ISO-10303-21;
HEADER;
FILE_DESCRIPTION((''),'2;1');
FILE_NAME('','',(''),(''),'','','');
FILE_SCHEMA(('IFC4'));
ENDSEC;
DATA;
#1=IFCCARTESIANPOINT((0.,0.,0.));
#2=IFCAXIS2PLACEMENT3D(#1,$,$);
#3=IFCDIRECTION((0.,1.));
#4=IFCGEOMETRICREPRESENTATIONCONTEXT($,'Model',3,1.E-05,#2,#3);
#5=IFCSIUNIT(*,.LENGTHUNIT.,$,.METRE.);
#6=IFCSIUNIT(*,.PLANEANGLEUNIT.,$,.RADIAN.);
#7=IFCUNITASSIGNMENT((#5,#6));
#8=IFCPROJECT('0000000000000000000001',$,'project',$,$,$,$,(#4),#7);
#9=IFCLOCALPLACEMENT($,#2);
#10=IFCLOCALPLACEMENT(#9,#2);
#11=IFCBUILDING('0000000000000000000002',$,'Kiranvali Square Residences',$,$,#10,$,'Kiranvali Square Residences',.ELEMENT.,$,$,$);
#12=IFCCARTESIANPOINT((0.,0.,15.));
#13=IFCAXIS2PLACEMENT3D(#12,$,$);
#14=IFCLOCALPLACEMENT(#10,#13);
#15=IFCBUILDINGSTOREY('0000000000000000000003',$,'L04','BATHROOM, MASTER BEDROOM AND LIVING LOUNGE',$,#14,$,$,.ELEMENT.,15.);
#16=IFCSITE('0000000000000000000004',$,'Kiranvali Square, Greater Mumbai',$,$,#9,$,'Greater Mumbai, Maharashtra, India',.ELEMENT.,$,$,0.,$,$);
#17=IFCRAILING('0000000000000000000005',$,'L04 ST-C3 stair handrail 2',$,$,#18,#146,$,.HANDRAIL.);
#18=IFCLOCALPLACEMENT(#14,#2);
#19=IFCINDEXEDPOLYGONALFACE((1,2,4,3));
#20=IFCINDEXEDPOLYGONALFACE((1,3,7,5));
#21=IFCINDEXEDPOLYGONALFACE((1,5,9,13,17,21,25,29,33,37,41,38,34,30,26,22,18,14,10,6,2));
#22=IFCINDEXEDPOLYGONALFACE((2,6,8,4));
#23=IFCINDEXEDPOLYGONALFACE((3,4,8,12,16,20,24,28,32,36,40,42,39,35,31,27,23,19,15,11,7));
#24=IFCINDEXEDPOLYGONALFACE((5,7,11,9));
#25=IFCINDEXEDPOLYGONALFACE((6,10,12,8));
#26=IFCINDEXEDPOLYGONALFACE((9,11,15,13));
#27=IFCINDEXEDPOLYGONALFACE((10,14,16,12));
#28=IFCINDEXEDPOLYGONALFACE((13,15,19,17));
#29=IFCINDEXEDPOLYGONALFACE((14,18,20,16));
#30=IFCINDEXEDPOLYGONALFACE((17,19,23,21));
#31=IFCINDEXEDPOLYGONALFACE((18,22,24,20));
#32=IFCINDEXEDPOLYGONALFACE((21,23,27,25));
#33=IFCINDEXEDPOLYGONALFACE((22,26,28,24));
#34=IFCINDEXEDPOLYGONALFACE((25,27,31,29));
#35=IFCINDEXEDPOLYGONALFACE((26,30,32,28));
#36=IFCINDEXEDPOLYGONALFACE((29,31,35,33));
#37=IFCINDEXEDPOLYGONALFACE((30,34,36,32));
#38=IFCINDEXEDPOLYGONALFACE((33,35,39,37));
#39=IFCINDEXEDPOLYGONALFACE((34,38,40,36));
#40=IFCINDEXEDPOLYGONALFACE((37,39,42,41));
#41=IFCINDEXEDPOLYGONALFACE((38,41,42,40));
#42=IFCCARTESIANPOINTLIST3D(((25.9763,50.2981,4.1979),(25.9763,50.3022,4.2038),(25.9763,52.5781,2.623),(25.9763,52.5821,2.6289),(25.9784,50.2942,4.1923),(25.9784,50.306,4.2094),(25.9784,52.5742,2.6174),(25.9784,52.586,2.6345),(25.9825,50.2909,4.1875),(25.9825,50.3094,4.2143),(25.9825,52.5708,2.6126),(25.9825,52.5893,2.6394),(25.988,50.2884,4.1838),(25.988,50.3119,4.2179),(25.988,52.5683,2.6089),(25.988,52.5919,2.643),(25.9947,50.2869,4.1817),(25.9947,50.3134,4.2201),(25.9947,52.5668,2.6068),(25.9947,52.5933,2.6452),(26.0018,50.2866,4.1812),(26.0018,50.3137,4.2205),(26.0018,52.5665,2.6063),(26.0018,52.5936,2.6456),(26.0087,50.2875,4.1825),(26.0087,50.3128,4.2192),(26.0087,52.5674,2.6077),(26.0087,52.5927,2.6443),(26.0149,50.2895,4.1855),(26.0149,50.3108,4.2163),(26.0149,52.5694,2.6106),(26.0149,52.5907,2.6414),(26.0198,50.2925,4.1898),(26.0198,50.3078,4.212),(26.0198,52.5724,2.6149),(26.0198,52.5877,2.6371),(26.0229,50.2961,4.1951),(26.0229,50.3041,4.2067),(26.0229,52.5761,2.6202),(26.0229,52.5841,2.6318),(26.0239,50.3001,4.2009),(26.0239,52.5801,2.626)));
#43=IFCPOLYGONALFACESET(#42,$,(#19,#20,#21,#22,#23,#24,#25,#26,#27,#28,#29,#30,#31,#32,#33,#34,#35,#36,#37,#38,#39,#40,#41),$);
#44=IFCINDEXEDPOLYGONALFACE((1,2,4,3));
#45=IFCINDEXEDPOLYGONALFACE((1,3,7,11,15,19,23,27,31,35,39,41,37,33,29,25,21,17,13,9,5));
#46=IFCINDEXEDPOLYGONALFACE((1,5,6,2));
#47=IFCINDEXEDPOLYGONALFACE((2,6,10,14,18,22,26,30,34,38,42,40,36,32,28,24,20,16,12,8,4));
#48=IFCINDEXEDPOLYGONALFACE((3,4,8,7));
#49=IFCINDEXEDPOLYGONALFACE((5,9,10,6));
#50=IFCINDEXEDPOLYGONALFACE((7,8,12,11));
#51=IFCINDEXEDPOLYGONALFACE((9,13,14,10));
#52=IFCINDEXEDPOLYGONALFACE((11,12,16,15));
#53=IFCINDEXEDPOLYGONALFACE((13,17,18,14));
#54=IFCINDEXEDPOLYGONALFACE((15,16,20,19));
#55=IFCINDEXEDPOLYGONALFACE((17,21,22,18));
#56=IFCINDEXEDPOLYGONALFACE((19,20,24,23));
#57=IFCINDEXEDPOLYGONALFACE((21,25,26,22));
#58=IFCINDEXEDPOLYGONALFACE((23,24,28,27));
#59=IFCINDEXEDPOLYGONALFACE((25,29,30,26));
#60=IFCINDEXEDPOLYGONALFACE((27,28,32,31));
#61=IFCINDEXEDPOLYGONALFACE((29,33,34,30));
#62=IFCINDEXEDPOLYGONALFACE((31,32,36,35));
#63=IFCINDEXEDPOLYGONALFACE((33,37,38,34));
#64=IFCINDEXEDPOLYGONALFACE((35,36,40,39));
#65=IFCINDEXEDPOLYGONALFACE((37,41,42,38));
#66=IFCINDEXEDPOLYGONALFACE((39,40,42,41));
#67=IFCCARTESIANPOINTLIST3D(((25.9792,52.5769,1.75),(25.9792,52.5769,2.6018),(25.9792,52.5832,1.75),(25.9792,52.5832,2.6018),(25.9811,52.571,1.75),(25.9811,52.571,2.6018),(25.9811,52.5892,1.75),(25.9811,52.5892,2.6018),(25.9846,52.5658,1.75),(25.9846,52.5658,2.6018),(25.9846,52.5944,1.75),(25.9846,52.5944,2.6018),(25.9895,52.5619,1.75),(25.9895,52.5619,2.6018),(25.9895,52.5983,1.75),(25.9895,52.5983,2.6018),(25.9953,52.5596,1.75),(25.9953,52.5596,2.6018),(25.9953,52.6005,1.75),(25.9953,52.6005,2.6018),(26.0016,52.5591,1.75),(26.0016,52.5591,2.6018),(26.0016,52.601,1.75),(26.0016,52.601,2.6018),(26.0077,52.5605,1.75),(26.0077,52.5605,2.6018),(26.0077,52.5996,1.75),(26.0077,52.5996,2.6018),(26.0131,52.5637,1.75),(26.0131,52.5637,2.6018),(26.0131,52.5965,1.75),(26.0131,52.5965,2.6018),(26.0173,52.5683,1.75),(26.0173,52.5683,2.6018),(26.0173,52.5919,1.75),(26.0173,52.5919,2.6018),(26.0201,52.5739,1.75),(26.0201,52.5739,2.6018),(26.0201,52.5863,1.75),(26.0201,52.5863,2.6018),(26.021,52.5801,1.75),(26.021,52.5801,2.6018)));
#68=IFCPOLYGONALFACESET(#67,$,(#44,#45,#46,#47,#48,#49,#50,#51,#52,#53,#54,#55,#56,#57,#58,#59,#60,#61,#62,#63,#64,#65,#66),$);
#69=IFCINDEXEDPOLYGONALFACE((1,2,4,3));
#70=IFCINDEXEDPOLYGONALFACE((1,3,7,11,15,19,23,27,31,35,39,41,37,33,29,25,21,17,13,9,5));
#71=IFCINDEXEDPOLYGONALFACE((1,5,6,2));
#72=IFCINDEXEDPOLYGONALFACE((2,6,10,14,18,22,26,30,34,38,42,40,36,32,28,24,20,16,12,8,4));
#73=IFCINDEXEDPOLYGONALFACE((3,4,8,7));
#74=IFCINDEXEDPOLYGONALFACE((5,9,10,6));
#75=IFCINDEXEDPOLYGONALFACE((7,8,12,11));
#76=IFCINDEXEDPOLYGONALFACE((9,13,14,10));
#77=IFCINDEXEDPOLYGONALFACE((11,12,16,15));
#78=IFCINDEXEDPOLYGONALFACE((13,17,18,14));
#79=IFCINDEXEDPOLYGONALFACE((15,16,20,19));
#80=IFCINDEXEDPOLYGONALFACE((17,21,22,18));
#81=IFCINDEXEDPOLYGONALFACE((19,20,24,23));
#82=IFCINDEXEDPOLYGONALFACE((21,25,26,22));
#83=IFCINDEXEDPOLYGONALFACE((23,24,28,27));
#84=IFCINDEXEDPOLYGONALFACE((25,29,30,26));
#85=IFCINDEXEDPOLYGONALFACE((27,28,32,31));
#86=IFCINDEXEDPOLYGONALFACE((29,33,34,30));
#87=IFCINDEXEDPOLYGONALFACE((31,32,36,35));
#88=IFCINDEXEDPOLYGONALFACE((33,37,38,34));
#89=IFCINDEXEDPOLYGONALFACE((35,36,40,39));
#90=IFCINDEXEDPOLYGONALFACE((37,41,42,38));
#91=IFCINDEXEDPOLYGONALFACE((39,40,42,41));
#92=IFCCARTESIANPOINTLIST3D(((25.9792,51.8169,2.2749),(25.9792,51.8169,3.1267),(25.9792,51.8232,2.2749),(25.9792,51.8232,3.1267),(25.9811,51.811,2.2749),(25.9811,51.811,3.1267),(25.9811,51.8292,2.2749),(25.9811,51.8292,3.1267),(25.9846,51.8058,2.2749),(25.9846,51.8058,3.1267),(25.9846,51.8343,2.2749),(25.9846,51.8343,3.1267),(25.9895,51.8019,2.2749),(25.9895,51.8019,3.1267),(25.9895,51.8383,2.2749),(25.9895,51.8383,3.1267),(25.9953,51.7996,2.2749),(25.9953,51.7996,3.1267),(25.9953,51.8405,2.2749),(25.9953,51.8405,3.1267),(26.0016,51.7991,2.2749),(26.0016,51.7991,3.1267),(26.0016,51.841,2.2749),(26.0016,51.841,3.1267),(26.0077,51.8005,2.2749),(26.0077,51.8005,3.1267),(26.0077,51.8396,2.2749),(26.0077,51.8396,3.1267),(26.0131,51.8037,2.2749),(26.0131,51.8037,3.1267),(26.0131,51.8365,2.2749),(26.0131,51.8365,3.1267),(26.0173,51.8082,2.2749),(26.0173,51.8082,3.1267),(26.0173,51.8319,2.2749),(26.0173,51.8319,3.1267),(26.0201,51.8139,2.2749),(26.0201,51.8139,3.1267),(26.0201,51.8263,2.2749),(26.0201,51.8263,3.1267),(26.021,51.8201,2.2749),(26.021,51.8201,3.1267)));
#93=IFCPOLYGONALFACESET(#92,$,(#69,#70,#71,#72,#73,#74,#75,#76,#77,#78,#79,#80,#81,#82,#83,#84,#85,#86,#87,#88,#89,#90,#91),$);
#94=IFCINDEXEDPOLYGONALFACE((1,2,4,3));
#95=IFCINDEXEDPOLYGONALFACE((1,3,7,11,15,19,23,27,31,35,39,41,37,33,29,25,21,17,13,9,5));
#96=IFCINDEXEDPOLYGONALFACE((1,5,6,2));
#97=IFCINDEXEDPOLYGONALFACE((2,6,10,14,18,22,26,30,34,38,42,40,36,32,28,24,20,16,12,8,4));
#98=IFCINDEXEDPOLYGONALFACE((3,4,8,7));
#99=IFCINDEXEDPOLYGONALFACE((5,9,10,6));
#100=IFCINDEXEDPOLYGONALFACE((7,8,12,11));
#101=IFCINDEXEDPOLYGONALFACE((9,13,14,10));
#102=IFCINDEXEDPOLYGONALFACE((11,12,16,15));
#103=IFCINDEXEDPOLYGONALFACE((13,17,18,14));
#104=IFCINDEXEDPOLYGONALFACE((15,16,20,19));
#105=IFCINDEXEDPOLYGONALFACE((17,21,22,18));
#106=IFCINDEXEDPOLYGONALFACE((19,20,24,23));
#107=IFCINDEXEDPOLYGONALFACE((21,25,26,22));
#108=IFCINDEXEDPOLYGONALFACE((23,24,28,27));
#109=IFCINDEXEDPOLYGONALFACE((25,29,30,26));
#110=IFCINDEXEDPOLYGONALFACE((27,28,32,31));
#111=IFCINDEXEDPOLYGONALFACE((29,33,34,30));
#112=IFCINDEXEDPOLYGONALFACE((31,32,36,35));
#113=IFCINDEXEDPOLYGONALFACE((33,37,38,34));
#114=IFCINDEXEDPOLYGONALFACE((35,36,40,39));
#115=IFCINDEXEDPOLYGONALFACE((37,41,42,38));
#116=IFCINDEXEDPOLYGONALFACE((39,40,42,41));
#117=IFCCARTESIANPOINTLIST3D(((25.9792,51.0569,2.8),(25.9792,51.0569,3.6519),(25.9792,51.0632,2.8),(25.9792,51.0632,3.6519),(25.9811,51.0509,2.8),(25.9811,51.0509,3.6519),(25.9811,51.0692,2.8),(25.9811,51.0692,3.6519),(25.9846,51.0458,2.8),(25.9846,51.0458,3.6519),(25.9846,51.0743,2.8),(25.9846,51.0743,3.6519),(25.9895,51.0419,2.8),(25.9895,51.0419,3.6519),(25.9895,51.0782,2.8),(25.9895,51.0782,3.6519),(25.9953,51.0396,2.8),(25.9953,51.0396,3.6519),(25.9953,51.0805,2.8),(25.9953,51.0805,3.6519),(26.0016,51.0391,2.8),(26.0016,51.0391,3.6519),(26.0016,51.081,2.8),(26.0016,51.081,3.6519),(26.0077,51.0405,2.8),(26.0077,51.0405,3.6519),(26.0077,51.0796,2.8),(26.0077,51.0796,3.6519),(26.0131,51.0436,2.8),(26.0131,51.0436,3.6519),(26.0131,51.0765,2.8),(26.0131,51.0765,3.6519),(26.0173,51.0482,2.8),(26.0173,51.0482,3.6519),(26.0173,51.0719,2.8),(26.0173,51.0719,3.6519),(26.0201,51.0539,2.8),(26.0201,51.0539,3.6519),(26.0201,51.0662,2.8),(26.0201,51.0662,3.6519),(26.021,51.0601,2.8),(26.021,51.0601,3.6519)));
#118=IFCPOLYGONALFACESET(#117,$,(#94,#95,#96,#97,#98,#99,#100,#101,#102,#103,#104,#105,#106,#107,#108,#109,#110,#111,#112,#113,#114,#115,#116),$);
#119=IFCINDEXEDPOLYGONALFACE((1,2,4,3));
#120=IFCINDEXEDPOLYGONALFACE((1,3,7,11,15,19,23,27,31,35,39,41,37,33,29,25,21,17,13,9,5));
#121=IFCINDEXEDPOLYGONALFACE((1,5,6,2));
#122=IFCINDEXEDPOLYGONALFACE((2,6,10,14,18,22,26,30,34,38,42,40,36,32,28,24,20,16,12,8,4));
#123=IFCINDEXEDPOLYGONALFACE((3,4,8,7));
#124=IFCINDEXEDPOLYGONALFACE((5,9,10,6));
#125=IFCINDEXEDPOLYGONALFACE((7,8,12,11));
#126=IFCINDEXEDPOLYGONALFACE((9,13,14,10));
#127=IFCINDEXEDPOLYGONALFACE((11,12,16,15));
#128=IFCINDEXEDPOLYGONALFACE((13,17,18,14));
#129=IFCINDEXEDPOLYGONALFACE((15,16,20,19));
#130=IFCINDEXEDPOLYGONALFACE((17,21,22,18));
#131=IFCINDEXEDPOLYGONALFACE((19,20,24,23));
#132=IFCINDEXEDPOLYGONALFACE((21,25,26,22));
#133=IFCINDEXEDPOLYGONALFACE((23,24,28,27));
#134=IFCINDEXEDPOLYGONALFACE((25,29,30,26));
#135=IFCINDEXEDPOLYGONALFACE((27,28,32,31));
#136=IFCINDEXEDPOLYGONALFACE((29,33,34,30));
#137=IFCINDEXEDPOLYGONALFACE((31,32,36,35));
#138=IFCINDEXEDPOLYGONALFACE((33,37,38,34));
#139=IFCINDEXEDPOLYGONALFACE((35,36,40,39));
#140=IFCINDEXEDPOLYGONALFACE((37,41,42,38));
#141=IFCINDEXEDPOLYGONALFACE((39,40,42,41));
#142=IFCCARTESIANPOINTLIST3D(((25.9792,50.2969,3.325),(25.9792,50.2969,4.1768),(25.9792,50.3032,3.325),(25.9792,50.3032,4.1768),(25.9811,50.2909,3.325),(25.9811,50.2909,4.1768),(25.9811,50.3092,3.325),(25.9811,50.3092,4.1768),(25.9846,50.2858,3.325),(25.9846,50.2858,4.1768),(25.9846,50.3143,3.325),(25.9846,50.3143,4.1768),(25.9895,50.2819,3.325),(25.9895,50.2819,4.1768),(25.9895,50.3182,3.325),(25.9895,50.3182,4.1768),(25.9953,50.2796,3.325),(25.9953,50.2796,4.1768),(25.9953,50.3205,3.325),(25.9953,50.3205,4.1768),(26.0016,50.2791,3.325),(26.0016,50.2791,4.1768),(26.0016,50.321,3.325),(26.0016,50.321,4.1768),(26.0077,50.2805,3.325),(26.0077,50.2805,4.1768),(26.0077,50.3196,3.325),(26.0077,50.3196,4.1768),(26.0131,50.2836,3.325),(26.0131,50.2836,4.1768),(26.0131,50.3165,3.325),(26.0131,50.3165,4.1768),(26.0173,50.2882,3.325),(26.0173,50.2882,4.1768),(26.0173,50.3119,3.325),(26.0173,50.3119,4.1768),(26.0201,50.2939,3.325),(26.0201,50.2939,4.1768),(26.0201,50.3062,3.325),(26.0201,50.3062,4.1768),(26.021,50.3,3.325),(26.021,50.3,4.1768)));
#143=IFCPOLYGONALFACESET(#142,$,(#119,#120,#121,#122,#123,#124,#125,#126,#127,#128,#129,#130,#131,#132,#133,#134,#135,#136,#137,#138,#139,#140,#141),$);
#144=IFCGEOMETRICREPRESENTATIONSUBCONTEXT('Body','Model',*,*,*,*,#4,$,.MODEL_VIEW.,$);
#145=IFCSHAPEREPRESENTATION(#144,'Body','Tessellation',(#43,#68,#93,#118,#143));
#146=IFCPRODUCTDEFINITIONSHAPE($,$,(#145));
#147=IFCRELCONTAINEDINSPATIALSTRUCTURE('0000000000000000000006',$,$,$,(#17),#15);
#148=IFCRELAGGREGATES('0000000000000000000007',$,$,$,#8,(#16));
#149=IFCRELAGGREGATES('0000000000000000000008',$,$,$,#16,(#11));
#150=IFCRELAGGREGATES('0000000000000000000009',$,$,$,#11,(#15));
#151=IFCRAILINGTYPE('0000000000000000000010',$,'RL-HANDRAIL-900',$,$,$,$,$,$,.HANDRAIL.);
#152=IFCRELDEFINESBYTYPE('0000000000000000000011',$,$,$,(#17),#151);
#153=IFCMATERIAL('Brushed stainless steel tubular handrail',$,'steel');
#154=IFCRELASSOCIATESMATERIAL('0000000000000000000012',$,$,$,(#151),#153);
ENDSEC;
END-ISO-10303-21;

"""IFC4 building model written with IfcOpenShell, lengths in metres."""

from ifc_helpers import new_model, si_unit, direction, frame, origin, origin_2d, place, context, subcontext, project, spatial, circle, extrude, material, type_object, element, save


model = new_model("IFC4")

# Units and contexts
model_context = context("Model", 3, precision=1e-05, world=origin(), true_north=direction((0.0, 1.0)))
body_context = subcontext(model_context, "Body", "Model", "MODEL_VIEW")
ifc_project = project(units=[si_unit("LENGTHUNIT", "METRE"), si_unit("PLANEANGLEUNIT", "RADIAN")], contexts=[model_context])

# Site, building, storey
site_placement = place(None, origin())
site = spatial("IfcSite", under=ifc_project, at=site_placement, Name="Kiranvali Square, Greater Mumbai", LongName="Greater Mumbai, Maharashtra, India", CompositionType="ELEMENT", RefElevation=0.0)
building_placement = place(site_placement, origin())
building = spatial("IfcBuilding", under=site, at=building_placement, Name="Kiranvali Square Residences", LongName="Kiranvali Square Residences", CompositionType="ELEMENT")
storey_placement = place(building_placement, frame((0.0, 0.0, 15.0)))
storey = spatial("IfcBuildingStorey", under=building, at=storey_placement, Name="L04", Description="BATHROOM, MASTER BEDROOM AND LIVING LOUNGE", CompositionType="ELEMENT", Elevation=15.0)

# Railing
ifc_material_1 = material(Name="Brushed stainless steel tubular handrail", Category="steel")
railing_type_1 = type_object("IfcRailingType", Name="RL-HANDRAIL-900", PredefinedType="HANDRAIL", material=ifc_material_1)
railing_1_placement = place(storey_placement, frame((26.0, 52.5801, 1.75)))
element("IfcRailing", 1, at=railing_1_placement, inside=storey, type_object=railing_type_1, Name="L04 ST-C3 stair handrail 2", PredefinedType="HANDRAIL", context=body_context, shape_type="SweptSolid", body=[
    extrude(circle(Radius=0.0239, at=origin_2d()), frame((0.0, 0.0, 0.876), z_axis=(0.0, -0.822788, 0.568348), x_axis=(1.0, 0.0, 0.0)), (0.0, 0.0, 1.0), 2.771),
    extrude(circle(Radius=0.021, at=origin_2d()), origin(), (0.0, 0.0, 1.0), 0.8518),
    extrude(circle(Radius=0.021, at=origin_2d()), frame((0.0, -0.76, 0.5249)), (0.0, 0.0, 1.0), 0.8518),
    extrude(circle(Radius=0.021, at=origin_2d()), frame((0.0, -1.52, 1.05)), (0.0, 0.0, 1.0), 0.8518),
    extrude(circle(Radius=0.021, at=origin_2d()), frame((0.0, -2.28, 1.575)), (0.0, 0.0, 1.0), 0.8518),
])

save(model, "model.ifc")
